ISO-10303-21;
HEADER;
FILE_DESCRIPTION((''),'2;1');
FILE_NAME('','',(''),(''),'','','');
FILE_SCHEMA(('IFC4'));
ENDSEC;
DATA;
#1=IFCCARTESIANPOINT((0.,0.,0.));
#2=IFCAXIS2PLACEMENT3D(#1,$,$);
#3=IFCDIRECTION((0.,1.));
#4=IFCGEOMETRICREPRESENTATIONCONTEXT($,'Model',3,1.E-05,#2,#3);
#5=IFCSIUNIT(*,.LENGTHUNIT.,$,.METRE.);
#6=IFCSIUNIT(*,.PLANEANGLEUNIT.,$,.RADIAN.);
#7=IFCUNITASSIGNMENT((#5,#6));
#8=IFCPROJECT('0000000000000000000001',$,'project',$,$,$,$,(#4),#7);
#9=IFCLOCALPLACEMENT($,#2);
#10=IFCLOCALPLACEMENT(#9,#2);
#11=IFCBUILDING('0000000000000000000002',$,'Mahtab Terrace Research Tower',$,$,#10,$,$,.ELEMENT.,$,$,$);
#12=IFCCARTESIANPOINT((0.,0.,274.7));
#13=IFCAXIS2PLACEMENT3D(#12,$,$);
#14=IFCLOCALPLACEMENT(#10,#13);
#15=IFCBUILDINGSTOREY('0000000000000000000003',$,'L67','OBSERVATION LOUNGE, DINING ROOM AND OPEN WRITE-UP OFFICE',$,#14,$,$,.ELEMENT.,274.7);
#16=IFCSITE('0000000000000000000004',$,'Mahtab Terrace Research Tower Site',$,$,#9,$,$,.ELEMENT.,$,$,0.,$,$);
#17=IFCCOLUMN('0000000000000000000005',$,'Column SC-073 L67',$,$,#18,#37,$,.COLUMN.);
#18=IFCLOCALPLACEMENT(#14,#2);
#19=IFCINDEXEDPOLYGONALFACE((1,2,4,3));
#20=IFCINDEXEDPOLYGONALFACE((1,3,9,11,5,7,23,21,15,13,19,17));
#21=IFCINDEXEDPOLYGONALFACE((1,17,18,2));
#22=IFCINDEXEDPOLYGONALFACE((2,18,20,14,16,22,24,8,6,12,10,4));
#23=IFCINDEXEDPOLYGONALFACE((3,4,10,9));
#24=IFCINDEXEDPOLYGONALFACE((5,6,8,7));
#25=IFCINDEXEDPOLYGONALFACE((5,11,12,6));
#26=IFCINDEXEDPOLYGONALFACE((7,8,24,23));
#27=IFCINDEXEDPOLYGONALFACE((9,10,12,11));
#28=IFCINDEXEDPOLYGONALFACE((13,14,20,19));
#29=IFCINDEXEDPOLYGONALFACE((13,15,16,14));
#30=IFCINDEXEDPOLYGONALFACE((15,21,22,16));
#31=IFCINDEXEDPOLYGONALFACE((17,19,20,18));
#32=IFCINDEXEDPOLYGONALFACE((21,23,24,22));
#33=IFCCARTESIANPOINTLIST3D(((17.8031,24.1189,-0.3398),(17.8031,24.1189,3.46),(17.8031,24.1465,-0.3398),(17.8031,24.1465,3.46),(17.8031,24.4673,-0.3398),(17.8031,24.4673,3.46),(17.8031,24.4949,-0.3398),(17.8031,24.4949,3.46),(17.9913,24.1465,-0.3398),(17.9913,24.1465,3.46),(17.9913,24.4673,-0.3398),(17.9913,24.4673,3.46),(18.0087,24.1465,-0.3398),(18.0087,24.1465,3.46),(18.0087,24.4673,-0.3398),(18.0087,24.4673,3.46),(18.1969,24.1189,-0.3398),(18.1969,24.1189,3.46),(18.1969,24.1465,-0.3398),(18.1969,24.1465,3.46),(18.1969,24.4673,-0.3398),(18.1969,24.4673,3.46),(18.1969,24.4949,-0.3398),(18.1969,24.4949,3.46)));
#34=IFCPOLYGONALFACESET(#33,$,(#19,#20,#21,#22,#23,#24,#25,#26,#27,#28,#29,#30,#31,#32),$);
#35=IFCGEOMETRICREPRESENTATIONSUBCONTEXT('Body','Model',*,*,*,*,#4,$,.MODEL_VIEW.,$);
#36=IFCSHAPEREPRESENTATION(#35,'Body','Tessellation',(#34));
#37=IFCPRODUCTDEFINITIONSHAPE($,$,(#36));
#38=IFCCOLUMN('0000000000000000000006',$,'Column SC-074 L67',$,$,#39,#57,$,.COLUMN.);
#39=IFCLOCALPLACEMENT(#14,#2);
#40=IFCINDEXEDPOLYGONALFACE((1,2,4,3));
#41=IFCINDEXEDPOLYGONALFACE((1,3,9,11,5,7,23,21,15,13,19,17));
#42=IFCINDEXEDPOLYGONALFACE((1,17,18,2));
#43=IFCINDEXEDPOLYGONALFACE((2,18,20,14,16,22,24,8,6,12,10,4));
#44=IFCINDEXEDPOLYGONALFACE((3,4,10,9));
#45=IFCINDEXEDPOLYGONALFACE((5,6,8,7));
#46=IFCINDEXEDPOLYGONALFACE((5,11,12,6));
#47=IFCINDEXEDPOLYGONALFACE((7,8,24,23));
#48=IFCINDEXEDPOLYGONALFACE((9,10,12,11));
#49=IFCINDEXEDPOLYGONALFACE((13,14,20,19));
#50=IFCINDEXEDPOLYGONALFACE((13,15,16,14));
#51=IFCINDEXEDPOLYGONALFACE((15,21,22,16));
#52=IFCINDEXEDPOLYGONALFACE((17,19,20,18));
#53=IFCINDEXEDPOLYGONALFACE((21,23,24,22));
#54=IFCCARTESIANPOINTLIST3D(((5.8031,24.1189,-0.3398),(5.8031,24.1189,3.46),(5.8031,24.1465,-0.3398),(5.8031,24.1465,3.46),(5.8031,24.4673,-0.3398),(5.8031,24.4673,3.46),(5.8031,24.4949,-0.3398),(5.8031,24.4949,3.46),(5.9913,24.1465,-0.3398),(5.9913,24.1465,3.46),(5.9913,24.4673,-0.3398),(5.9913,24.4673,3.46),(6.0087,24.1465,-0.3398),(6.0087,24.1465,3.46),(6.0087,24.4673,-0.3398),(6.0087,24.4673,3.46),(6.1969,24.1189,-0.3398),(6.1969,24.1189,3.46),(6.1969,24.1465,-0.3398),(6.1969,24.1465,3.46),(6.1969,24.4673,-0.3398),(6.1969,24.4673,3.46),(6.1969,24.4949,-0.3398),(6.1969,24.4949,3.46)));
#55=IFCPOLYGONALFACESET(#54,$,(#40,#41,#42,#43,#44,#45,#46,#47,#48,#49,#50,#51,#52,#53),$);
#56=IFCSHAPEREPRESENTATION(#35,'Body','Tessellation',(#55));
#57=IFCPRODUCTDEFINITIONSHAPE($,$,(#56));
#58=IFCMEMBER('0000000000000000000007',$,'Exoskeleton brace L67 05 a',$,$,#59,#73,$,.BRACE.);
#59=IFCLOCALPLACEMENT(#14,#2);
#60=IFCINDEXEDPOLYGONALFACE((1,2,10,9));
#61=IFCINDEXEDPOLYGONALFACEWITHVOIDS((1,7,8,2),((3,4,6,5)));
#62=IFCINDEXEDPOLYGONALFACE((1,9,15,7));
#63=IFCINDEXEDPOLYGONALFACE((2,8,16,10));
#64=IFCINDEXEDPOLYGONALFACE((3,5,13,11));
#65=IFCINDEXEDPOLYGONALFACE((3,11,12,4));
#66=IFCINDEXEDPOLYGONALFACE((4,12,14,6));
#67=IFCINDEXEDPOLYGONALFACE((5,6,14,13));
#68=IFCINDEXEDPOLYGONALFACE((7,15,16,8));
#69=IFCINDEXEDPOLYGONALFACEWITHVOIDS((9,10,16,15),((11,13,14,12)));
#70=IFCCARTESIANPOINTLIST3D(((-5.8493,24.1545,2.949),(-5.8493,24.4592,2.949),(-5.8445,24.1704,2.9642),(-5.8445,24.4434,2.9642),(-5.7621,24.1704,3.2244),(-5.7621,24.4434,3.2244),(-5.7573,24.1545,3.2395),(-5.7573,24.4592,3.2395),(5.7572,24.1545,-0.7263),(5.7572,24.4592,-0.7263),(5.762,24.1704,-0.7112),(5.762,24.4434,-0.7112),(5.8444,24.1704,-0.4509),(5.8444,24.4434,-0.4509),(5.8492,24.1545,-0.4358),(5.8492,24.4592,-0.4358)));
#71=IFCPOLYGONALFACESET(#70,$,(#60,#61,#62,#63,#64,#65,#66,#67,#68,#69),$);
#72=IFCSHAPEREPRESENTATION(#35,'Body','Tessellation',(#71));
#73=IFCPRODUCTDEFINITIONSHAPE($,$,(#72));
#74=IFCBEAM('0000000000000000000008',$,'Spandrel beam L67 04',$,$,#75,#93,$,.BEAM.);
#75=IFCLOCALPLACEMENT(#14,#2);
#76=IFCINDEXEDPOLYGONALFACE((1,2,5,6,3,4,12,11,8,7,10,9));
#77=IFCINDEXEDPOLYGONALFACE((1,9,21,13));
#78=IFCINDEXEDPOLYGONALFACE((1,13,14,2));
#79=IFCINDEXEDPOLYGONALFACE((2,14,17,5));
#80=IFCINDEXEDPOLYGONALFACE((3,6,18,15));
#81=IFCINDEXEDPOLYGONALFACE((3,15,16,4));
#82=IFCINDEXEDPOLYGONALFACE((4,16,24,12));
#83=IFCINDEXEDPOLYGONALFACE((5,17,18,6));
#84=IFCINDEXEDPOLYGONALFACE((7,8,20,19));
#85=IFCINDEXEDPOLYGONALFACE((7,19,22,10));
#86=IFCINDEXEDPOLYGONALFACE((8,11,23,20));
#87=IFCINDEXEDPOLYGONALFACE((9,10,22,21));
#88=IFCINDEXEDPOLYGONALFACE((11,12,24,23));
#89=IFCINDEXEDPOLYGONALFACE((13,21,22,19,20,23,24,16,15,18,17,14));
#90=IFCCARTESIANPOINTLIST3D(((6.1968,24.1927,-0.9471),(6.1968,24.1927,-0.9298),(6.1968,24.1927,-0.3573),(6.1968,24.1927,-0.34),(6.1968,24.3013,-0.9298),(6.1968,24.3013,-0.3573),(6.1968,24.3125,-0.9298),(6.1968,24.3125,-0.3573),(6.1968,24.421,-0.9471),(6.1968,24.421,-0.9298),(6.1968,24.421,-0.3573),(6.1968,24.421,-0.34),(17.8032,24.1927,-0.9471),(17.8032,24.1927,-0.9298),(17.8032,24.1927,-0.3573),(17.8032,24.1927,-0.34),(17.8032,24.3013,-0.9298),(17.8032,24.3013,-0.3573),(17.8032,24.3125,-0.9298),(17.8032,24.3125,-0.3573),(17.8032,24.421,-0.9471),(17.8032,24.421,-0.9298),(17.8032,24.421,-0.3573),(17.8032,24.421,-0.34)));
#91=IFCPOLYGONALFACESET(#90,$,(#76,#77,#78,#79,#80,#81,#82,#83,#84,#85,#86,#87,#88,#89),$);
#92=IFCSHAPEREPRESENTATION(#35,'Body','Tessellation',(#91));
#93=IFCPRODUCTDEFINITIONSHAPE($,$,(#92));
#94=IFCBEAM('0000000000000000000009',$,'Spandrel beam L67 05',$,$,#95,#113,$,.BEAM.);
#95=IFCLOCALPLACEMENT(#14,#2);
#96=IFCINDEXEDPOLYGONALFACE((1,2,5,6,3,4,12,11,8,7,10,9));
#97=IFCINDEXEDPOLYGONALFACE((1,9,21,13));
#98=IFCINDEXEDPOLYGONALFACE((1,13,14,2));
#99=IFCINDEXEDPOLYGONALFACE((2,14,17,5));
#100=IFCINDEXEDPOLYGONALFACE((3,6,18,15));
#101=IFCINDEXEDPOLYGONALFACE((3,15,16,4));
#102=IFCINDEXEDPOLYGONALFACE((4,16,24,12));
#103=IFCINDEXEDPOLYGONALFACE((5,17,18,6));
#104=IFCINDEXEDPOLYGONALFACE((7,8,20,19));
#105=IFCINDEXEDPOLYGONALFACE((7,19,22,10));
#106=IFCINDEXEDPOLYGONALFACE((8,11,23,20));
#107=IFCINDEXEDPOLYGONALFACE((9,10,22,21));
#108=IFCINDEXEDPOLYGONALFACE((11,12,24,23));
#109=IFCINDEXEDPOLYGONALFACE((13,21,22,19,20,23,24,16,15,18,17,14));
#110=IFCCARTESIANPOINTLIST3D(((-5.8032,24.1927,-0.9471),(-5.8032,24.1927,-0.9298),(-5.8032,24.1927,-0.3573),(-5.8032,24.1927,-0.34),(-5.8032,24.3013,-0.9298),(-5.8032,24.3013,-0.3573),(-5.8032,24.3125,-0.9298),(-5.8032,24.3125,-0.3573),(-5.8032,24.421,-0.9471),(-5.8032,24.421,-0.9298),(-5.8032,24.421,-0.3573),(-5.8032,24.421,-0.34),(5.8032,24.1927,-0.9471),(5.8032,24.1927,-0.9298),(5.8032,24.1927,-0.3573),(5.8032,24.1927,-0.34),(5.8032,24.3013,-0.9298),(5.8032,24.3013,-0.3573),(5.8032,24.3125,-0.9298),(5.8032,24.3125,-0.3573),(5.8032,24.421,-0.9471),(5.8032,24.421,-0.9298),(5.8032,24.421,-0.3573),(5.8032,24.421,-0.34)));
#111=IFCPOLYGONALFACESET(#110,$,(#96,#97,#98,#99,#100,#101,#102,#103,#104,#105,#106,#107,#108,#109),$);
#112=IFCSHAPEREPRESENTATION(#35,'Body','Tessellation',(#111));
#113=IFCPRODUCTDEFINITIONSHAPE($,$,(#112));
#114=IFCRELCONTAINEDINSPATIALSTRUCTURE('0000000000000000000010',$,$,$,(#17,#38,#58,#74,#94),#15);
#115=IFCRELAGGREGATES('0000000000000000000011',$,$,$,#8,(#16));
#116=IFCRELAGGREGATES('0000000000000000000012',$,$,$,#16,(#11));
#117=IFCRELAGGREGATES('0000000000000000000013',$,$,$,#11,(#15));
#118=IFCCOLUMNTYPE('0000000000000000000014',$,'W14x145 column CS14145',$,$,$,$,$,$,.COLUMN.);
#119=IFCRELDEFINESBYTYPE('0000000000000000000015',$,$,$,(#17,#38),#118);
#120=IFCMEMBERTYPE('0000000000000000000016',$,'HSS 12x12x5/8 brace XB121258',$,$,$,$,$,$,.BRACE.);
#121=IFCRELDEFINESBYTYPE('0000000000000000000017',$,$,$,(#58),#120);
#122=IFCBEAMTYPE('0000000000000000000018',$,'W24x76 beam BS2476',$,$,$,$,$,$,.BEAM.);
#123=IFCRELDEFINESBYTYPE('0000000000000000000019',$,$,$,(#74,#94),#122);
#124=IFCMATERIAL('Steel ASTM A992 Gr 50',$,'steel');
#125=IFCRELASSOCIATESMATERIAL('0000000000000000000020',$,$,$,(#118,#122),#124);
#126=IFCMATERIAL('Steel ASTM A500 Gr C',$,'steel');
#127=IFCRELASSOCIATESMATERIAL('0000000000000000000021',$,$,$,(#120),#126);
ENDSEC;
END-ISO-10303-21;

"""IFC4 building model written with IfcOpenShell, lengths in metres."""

from ifc_helpers import new_model, si_unit, direction, frame, origin, origin_2d, place, context, subcontext, project, spatial, hollow_rectangle, i_section, extrude, material, material_profile, profile_set, type_object, element, save


model = new_model("IFC4")

# Units and contexts
model_context = context("Model", 3, precision=1e-05, world=origin(), true_north=direction((0.0, 1.0)))
body_context = subcontext(model_context, "Body", "Model", "MODEL_VIEW")
ifc_project = project(units=[si_unit("LENGTHUNIT", "METRE"), si_unit("PLANEANGLEUNIT", "RADIAN")], contexts=[model_context])

# Site, building, storey
site_placement = place(None, origin())
site = spatial("IfcSite", under=ifc_project, at=site_placement, Name="Mahtab Terrace Research Tower Site", CompositionType="ELEMENT", RefElevation=0.0)
building_placement = place(site_placement, origin())
building = spatial("IfcBuilding", under=site, at=building_placement, Name="Mahtab Terrace Research Tower", CompositionType="ELEMENT")
storey_placement = place(building_placement, frame((0.0, 0.0, 274.7)))
storey = spatial("IfcBuildingStorey", under=building, at=storey_placement, Name="L67", Description="OBSERVATION LOUNGE, DINING ROOM AND OPEN WRITE-UP OFFICE", CompositionType="ELEMENT", Elevation=274.7)

# Columns
ifc_material_1 = material(Name="Steel ASTM A992 Gr 50", Category="steel")
ifc_material_profile_1 = material_profile(ifc_material_1, i_section(OverallWidth=0.3938, OverallDepth=0.376, WebThickness=0.0173, FlangeThickness=0.0276, at=origin_2d()), Name="W14X145")
ifc_profile_set_1 = profile_set([ifc_material_profile_1], Name="Steel ASTM A992 Gr 50")
column_type = type_object("IfcColumnType", Name="W14x145 column CS14145", PredefinedType="COLUMN", material=ifc_profile_set_1)
for number, where, z_axis, x_axis, name in (
    (1, (18.0, 24.3069, -0.3398), (0.0, 0.0, 1.0), (1.0, 0.0, 0.0), "Column SC-073 L67"),
    (2, (6.0, 24.3069, -0.3398), (0.0, 0.0, 1.0), (1.0, 0.0, 0.0), "Column SC-074 L67"),
):
    element("IfcColumn", number, at=place(storey_placement, frame(where, z_axis=z_axis, x_axis=x_axis)), inside=storey, type_object=column_type, Name=name, PredefinedType="COLUMN", context=body_context, shape_type="SweptSolid", body=[
        extrude(i_section(OverallWidth=0.3938, OverallDepth=0.376, WebThickness=0.0173, FlangeThickness=0.0276, at=origin_2d()), origin(), (0.0, 0.0, 1.0), 3.7998),
    ])

# Member
ifc_material_2 = material(Name="Steel ASTM A500 Gr C", Category="steel")
ifc_material_profile_2 = material_profile(ifc_material_2, hollow_rectangle(XDim=0.3047, YDim=0.3047, WallThickness=0.0159, at=origin_2d()), Name="HSS12X12X5/8")
ifc_profile_set_2 = profile_set([ifc_material_profile_2], Name="Steel ASTM A500 Gr C")
member_type = type_object("IfcMemberType", Name="HSS 12x12x5/8 brace XB121258", PredefinedType="BRACE", material=ifc_profile_set_2)
member_placement = place(storey_placement, frame((5.8032, 24.3069, -0.5811), z_axis=(-0.953344, 0.0, 0.301886), x_axis=(0.0, -1.0, 0.0)))
element("IfcMember", 3, at=member_placement, inside=storey, type_object=member_type, Name="Exoskeleton brace L67 05 a", PredefinedType="BRACE", context=body_context, shape_type="SweptSolid", body=[
    extrude(hollow_rectangle(XDim=0.3047, YDim=0.3047, WallThickness=0.0159, at=origin_2d()), origin(), (0.0, 0.0, 1.0), 12.1746),
])

# Beams
ifc_material_profile_3 = material_profile(ifc_material_1, i_section(OverallWidth=0.2283, OverallDepth=0.6072, WebThickness=0.0112, FlangeThickness=0.0173, at=origin_2d()), Name="W24X76")
ifc_profile_set_3 = profile_set([ifc_material_profile_3], Name="Steel ASTM A992 Gr 50")
beam_type = type_object("IfcBeamType", Name="W24x76 beam BS2476", PredefinedType="BEAM", material=ifc_profile_set_3)
for number, where, z_axis, x_axis, name in (
    (4, (17.8032, 24.3069, -0.6436), (-1.0, 0.0, 0.0), (0.0, -1.0, 0.0), "Spandrel beam L67 04"),
    (5, (5.8032, 24.3069, -0.6436), (-1.0, 0.0, 0.0), (0.0, -1.0, 0.0), "Spandrel beam L67 05"),
):
    element("IfcBeam", number, at=place(storey_placement, frame(where, z_axis=z_axis, x_axis=x_axis)), inside=storey, type_object=beam_type, Name=name, PredefinedType="BEAM", context=body_context, shape_type="SweptSolid", body=[
        extrude(i_section(OverallWidth=0.2283, OverallDepth=0.6072, WebThickness=0.0112, FlangeThickness=0.0173, at=origin_2d()), origin(), (0.0, 0.0, 1.0), 11.6064),
    ])

save(model, "model.ifc")
